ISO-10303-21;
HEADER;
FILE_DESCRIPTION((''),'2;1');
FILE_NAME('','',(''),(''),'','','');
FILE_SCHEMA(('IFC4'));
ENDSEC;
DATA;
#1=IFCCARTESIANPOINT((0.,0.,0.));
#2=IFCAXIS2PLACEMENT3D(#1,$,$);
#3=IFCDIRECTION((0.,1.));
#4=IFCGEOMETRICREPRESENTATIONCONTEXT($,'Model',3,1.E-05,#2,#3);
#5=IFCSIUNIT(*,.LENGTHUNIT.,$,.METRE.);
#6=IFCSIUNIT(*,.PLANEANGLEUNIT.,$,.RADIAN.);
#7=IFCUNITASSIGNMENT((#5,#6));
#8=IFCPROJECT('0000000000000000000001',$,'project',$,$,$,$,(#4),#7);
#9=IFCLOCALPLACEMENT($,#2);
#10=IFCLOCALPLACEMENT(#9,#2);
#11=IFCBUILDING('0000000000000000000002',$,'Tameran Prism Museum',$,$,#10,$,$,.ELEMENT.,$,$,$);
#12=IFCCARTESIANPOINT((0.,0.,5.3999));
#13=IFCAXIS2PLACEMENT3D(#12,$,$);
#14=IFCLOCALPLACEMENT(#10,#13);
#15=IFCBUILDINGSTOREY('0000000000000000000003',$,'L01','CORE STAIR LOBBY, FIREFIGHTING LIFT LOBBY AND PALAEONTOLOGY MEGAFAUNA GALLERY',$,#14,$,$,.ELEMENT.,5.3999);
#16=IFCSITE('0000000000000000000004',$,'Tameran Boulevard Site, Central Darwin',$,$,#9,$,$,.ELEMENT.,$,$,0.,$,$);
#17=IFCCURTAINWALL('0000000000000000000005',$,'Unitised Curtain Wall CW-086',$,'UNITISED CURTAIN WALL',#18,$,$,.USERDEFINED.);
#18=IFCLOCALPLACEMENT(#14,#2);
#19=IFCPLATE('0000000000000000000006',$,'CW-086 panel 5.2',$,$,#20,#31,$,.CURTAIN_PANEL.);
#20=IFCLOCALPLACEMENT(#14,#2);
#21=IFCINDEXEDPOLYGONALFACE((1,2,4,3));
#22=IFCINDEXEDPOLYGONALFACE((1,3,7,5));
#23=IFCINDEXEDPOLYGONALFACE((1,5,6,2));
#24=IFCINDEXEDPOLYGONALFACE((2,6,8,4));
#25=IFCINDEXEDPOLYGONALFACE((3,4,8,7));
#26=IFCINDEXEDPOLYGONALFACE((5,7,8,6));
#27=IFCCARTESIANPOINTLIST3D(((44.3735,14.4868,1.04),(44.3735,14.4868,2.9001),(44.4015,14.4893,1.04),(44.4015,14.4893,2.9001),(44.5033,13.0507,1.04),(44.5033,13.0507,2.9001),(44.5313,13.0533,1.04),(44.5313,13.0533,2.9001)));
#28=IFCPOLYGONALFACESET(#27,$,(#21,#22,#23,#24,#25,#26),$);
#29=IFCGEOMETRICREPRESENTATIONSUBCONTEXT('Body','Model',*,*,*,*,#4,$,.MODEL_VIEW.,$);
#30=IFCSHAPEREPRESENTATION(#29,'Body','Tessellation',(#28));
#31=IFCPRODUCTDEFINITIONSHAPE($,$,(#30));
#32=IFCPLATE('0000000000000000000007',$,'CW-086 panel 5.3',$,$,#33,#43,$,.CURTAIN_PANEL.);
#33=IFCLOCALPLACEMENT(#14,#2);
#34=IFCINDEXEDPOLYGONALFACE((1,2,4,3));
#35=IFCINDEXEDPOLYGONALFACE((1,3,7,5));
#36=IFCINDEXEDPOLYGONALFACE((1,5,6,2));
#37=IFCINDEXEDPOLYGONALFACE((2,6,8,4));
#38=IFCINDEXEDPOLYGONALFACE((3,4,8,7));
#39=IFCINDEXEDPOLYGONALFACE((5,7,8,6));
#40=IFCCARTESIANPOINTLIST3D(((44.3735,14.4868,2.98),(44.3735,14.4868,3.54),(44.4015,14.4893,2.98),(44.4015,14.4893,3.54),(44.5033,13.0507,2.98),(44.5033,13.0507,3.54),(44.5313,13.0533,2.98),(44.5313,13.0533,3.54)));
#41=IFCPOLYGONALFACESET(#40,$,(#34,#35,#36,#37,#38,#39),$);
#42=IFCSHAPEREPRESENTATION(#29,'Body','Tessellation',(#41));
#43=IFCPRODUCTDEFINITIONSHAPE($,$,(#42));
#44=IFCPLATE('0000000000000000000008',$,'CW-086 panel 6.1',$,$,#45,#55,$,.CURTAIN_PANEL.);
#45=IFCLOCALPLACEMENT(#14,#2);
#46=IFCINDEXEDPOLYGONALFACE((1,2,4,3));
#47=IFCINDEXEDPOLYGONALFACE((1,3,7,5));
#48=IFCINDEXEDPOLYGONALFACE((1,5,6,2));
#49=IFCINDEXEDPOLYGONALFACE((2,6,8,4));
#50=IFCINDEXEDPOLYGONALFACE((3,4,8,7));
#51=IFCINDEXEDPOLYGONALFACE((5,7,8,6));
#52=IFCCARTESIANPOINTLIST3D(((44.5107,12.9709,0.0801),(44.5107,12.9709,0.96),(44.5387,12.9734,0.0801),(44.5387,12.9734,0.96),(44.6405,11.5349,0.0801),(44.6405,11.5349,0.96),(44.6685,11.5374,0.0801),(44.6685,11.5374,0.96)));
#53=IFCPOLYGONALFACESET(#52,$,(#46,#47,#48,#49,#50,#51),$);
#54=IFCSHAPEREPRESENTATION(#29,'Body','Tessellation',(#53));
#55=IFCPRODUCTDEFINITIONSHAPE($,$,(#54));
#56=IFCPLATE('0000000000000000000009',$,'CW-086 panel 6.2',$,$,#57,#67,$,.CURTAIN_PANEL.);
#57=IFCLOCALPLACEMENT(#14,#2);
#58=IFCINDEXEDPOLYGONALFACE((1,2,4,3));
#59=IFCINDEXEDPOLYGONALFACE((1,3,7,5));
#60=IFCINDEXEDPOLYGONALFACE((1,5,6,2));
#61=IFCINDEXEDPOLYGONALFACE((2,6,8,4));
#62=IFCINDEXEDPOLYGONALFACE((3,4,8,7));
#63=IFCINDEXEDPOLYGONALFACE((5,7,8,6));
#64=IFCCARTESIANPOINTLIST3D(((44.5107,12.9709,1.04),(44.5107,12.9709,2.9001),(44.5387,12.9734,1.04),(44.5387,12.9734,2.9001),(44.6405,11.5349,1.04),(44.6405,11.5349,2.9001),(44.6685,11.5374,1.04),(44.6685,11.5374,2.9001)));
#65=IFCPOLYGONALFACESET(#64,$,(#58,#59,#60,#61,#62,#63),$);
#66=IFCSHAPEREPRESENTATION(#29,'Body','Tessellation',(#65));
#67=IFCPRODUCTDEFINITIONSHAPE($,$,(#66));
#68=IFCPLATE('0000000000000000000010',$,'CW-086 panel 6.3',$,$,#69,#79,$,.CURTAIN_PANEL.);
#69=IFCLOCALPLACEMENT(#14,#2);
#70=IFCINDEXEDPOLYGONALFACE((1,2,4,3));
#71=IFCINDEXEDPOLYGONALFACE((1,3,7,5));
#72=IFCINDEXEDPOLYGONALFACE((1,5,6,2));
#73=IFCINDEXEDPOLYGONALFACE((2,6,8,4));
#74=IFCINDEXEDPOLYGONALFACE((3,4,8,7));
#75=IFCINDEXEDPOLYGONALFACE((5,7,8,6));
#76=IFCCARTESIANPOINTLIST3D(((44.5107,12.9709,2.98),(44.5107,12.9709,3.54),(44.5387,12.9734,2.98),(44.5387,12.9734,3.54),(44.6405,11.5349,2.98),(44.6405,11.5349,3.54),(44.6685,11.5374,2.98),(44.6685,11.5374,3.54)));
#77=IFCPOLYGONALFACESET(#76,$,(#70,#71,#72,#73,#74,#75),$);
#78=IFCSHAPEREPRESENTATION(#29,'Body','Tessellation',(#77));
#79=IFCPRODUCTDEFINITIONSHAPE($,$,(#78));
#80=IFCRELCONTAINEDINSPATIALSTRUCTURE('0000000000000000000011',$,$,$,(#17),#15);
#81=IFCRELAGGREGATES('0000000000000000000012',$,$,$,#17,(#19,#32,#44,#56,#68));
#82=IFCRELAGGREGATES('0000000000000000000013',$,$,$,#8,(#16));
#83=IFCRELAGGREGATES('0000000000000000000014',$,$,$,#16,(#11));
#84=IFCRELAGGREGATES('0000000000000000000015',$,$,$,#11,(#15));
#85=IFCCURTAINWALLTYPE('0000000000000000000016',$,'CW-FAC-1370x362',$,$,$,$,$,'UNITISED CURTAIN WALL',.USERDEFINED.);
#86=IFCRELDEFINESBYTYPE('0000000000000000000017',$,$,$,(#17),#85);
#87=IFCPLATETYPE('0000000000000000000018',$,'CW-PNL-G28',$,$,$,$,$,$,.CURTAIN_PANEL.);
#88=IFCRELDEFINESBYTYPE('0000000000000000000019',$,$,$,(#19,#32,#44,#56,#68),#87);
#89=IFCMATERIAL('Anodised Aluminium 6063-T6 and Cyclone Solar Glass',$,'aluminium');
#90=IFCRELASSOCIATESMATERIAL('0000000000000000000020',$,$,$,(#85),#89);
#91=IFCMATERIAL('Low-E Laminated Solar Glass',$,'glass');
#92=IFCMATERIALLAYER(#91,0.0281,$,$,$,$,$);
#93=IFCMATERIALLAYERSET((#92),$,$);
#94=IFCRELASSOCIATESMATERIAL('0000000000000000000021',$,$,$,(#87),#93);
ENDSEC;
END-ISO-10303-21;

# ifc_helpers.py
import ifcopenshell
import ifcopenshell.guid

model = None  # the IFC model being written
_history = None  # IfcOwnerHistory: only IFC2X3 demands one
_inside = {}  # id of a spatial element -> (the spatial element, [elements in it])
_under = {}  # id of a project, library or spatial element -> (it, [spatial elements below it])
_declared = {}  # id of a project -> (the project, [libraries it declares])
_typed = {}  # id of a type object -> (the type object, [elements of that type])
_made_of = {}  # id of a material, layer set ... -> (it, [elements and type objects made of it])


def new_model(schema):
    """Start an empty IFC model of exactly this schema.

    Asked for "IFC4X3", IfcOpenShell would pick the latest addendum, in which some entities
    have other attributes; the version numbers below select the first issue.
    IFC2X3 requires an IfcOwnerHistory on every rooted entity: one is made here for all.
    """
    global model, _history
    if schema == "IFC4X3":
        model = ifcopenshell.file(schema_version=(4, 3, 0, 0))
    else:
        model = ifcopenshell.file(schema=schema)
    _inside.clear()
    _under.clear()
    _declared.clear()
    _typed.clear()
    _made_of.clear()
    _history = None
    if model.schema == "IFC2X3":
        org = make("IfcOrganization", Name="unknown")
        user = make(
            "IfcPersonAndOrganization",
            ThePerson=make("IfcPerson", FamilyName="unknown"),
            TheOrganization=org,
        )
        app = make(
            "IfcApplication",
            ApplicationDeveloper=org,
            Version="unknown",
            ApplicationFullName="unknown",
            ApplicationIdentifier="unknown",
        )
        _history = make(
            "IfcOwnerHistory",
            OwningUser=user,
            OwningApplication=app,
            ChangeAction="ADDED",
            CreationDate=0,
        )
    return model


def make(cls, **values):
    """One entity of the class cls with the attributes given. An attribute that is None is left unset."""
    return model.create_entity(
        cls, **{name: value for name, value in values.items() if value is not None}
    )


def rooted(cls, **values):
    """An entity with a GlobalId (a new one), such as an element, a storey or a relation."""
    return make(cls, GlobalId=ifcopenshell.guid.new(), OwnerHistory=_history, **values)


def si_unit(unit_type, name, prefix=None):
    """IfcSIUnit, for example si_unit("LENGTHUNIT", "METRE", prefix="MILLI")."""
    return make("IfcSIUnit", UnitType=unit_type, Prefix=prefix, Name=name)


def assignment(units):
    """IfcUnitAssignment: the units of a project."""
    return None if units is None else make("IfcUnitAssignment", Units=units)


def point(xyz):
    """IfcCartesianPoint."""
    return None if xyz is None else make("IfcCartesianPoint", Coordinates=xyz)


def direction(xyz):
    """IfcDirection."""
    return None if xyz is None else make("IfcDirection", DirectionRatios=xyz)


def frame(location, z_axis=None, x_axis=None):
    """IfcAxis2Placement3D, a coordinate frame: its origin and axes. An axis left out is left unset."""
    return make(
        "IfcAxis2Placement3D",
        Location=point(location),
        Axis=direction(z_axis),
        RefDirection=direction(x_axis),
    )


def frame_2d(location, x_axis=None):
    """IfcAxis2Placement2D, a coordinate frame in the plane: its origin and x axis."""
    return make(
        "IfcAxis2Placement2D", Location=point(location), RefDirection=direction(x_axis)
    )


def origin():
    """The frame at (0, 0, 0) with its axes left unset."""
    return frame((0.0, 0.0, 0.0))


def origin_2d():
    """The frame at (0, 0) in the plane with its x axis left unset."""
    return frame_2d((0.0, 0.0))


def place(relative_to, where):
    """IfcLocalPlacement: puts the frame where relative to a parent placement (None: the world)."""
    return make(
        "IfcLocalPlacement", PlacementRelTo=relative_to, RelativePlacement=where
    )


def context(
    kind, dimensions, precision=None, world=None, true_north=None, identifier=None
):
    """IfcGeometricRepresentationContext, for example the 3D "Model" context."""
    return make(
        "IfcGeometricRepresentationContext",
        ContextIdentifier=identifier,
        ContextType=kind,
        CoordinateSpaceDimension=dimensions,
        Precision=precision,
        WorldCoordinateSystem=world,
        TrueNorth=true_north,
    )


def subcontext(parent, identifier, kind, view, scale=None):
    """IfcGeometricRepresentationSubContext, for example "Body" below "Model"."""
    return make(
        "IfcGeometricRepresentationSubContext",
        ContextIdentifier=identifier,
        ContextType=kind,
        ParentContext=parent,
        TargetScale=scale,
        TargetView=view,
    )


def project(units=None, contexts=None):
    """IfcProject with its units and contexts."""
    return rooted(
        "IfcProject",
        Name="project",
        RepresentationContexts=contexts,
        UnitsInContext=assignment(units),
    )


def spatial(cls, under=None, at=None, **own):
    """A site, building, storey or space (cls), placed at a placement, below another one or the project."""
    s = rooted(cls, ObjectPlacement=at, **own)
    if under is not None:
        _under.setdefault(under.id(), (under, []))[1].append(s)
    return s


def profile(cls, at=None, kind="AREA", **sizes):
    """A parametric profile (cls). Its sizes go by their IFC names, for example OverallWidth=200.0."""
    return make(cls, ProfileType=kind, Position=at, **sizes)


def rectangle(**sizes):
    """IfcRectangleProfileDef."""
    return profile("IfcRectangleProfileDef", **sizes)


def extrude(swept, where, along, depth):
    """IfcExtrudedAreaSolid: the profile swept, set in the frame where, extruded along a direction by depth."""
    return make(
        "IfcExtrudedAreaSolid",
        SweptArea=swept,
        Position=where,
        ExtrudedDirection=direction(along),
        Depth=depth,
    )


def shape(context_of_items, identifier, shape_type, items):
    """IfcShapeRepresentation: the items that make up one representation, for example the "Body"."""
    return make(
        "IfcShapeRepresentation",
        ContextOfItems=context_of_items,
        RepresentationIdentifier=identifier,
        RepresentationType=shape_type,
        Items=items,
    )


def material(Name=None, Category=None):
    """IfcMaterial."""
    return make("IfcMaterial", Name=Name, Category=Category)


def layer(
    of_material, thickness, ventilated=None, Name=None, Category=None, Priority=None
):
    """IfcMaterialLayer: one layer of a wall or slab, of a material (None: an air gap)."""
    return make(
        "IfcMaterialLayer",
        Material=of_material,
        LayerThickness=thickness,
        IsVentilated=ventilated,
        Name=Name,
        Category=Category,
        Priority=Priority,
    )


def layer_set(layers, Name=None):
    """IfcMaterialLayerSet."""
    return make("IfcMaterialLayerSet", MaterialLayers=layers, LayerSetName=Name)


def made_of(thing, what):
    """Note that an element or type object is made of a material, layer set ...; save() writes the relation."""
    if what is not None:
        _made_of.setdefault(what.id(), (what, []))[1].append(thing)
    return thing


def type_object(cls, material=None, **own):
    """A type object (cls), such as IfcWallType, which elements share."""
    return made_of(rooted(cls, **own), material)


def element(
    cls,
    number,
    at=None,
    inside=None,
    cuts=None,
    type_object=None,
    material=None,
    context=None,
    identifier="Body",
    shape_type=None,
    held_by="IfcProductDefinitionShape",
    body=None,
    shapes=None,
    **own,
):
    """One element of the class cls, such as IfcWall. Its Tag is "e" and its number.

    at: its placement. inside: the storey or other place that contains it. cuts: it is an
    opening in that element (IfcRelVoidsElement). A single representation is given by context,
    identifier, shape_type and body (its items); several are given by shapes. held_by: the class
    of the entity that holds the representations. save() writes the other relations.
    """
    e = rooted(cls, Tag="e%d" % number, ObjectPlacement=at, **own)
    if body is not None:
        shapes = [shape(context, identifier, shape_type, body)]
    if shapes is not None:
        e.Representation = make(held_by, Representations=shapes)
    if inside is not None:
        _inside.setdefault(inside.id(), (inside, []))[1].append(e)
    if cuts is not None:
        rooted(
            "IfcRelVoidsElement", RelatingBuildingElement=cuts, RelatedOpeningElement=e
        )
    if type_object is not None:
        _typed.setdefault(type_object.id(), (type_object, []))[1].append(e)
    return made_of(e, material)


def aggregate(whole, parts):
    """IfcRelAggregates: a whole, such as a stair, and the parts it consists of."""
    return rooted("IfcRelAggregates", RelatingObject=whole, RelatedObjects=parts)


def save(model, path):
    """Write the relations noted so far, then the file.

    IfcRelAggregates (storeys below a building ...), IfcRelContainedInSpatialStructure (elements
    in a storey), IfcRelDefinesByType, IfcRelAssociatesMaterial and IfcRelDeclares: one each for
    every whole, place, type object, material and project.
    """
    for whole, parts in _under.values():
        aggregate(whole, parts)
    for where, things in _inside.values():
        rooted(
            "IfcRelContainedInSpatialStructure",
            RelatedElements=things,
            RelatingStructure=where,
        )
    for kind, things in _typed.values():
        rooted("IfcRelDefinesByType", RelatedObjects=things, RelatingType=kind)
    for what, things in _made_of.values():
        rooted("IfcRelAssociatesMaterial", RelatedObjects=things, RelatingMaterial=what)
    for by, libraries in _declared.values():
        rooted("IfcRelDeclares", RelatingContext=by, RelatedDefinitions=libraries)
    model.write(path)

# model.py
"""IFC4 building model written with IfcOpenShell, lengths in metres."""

from ifc_helpers import new_model, si_unit, direction, frame, origin, origin_2d, place, context, subcontext, project, spatial, rectangle, extrude, material, layer, layer_set, type_object, element, aggregate, save


model = new_model("IFC4")

# Units and contexts
model_context = context("Model", 3, precision=1e-05, world=origin(), true_north=direction((0.0, 1.0)))
body_context = subcontext(model_context, "Body", "Model", "MODEL_VIEW")
ifc_project = project(units=[si_unit("LENGTHUNIT", "METRE"), si_unit("PLANEANGLEUNIT", "RADIAN")], contexts=[model_context])

# Site, building, storey
site_placement = place(None, origin())
site = spatial("IfcSite", under=ifc_project, at=site_placement, Name="Tameran Boulevard Site, Central Darwin", CompositionType="ELEMENT", RefElevation=0.0)
building_placement = place(site_placement, origin())
building = spatial("IfcBuilding", under=site, at=building_placement, Name="Tameran Prism Museum", CompositionType="ELEMENT")
storey_placement = place(building_placement, frame((0.0, 0.0, 5.3999)))
storey = spatial("IfcBuildingStorey", under=building, at=storey_placement, Name="L01", Description="CORE STAIR LOBBY, FIREFIGHTING LIFT LOBBY AND PALAEONTOLOGY MEGAFAUNA GALLERY", CompositionType="ELEMENT", Elevation=5.3999)

# Curtain wall, plates
ifc_material_1 = material(Name="Anodised Aluminium 6063-T6 and Cyclone Solar Glass", Category="aluminium")
curtain_wall_type = type_object("IfcCurtainWallType", Name="CW-FAC-1370x362", ElementType="UNITISED CURTAIN WALL", PredefinedType="USERDEFINED", material=ifc_material_1)
curtain_wall_placement = place(storey_placement, origin())
curtain_wall = element("IfcCurtainWall", 1, at=curtain_wall_placement, inside=storey, type_object=curtain_wall_type, Name="Unitised Curtain Wall CW-086", ObjectType="UNITISED CURTAIN WALL", PredefinedType="USERDEFINED")
ifc_material_2 = material(Name="Low-E Laminated Solar Glass", Category="glass")
ifc_layer = layer(ifc_material_2, 0.0281)
ifc_layer_set = layer_set([ifc_layer])
plate_type = type_object("IfcPlateType", Name="CW-PNL-G28", PredefinedType="CURTAIN_PANEL", material=ifc_layer_set)
plate_1_placement = place(storey_placement, frame((44.4524, 13.77, 1.04), z_axis=(0.0, 0.0, 1.0), x_axis=(0.090016, -0.99594, 0.0)))
plate_1 = element("IfcPlate", 2, at=plate_1_placement, type_object=plate_type, Name="CW-086 panel 5.2", PredefinedType="CURTAIN_PANEL", context=body_context, shape_type="SweptSolid", body=[
    extrude(rectangle(XDim=1.4419, YDim=0.0281, at=origin_2d()), origin(), (0.0, 0.0, 1.0), 1.8601),
])
plate_2_placement = place(storey_placement, frame((44.4524, 13.77, 2.98), z_axis=(0.0, 0.0, 1.0), x_axis=(0.090016, -0.99594, 0.0)))
plate_2 = element("IfcPlate", 3, at=plate_2_placement, type_object=plate_type, Name="CW-086 panel 5.3", PredefinedType="CURTAIN_PANEL", context=body_context, shape_type="SweptSolid", body=[
    extrude(rectangle(XDim=1.4419, YDim=0.0281, at=origin_2d()), origin(), (0.0, 0.0, 1.0), 0.5601),
])
plate_3_placement = place(storey_placement, frame((44.5896, 12.2542, 0.0801), z_axis=(0.0, 0.0, 1.0), x_axis=(0.090016, -0.99594, 0.0)))
plate_3 = element("IfcPlate", 4, at=plate_3_placement, type_object=plate_type, Name="CW-086 panel 6.1", PredefinedType="CURTAIN_PANEL", context=body_context, shape_type="SweptSolid", body=[
    extrude(rectangle(XDim=1.4419, YDim=0.0281, at=origin_2d()), origin(), (0.0, 0.0, 1.0), 0.8799),
])
plate_4_placement = place(storey_placement, frame((44.5896, 12.2542, 1.04), z_axis=(0.0, 0.0, 1.0), x_axis=(0.090016, -0.99594, 0.0)))
plate_4 = element("IfcPlate", 5, at=plate_4_placement, type_object=plate_type, Name="CW-086 panel 6.2", PredefinedType="CURTAIN_PANEL", context=body_context, shape_type="SweptSolid", body=[
    extrude(rectangle(XDim=1.4419, YDim=0.0281, at=origin_2d()), origin(), (0.0, 0.0, 1.0), 1.8601),
])
plate_5_placement = place(storey_placement, frame((44.5896, 12.2542, 2.98), z_axis=(0.0, 0.0, 1.0), x_axis=(0.090016, -0.99594, 0.0)))
plate_5 = element("IfcPlate", 6, at=plate_5_placement, type_object=plate_type, Name="CW-086 panel 6.3", PredefinedType="CURTAIN_PANEL", context=body_context, shape_type="SweptSolid", body=[
    extrude(rectangle(XDim=1.4419, YDim=0.0281, at=origin_2d()), origin(), (0.0, 0.0, 1.0), 0.5601),
])
aggregate(curtain_wall, [plate_1, plate_2, plate_3, plate_4, plate_5])

save(model, "model.ifc")
